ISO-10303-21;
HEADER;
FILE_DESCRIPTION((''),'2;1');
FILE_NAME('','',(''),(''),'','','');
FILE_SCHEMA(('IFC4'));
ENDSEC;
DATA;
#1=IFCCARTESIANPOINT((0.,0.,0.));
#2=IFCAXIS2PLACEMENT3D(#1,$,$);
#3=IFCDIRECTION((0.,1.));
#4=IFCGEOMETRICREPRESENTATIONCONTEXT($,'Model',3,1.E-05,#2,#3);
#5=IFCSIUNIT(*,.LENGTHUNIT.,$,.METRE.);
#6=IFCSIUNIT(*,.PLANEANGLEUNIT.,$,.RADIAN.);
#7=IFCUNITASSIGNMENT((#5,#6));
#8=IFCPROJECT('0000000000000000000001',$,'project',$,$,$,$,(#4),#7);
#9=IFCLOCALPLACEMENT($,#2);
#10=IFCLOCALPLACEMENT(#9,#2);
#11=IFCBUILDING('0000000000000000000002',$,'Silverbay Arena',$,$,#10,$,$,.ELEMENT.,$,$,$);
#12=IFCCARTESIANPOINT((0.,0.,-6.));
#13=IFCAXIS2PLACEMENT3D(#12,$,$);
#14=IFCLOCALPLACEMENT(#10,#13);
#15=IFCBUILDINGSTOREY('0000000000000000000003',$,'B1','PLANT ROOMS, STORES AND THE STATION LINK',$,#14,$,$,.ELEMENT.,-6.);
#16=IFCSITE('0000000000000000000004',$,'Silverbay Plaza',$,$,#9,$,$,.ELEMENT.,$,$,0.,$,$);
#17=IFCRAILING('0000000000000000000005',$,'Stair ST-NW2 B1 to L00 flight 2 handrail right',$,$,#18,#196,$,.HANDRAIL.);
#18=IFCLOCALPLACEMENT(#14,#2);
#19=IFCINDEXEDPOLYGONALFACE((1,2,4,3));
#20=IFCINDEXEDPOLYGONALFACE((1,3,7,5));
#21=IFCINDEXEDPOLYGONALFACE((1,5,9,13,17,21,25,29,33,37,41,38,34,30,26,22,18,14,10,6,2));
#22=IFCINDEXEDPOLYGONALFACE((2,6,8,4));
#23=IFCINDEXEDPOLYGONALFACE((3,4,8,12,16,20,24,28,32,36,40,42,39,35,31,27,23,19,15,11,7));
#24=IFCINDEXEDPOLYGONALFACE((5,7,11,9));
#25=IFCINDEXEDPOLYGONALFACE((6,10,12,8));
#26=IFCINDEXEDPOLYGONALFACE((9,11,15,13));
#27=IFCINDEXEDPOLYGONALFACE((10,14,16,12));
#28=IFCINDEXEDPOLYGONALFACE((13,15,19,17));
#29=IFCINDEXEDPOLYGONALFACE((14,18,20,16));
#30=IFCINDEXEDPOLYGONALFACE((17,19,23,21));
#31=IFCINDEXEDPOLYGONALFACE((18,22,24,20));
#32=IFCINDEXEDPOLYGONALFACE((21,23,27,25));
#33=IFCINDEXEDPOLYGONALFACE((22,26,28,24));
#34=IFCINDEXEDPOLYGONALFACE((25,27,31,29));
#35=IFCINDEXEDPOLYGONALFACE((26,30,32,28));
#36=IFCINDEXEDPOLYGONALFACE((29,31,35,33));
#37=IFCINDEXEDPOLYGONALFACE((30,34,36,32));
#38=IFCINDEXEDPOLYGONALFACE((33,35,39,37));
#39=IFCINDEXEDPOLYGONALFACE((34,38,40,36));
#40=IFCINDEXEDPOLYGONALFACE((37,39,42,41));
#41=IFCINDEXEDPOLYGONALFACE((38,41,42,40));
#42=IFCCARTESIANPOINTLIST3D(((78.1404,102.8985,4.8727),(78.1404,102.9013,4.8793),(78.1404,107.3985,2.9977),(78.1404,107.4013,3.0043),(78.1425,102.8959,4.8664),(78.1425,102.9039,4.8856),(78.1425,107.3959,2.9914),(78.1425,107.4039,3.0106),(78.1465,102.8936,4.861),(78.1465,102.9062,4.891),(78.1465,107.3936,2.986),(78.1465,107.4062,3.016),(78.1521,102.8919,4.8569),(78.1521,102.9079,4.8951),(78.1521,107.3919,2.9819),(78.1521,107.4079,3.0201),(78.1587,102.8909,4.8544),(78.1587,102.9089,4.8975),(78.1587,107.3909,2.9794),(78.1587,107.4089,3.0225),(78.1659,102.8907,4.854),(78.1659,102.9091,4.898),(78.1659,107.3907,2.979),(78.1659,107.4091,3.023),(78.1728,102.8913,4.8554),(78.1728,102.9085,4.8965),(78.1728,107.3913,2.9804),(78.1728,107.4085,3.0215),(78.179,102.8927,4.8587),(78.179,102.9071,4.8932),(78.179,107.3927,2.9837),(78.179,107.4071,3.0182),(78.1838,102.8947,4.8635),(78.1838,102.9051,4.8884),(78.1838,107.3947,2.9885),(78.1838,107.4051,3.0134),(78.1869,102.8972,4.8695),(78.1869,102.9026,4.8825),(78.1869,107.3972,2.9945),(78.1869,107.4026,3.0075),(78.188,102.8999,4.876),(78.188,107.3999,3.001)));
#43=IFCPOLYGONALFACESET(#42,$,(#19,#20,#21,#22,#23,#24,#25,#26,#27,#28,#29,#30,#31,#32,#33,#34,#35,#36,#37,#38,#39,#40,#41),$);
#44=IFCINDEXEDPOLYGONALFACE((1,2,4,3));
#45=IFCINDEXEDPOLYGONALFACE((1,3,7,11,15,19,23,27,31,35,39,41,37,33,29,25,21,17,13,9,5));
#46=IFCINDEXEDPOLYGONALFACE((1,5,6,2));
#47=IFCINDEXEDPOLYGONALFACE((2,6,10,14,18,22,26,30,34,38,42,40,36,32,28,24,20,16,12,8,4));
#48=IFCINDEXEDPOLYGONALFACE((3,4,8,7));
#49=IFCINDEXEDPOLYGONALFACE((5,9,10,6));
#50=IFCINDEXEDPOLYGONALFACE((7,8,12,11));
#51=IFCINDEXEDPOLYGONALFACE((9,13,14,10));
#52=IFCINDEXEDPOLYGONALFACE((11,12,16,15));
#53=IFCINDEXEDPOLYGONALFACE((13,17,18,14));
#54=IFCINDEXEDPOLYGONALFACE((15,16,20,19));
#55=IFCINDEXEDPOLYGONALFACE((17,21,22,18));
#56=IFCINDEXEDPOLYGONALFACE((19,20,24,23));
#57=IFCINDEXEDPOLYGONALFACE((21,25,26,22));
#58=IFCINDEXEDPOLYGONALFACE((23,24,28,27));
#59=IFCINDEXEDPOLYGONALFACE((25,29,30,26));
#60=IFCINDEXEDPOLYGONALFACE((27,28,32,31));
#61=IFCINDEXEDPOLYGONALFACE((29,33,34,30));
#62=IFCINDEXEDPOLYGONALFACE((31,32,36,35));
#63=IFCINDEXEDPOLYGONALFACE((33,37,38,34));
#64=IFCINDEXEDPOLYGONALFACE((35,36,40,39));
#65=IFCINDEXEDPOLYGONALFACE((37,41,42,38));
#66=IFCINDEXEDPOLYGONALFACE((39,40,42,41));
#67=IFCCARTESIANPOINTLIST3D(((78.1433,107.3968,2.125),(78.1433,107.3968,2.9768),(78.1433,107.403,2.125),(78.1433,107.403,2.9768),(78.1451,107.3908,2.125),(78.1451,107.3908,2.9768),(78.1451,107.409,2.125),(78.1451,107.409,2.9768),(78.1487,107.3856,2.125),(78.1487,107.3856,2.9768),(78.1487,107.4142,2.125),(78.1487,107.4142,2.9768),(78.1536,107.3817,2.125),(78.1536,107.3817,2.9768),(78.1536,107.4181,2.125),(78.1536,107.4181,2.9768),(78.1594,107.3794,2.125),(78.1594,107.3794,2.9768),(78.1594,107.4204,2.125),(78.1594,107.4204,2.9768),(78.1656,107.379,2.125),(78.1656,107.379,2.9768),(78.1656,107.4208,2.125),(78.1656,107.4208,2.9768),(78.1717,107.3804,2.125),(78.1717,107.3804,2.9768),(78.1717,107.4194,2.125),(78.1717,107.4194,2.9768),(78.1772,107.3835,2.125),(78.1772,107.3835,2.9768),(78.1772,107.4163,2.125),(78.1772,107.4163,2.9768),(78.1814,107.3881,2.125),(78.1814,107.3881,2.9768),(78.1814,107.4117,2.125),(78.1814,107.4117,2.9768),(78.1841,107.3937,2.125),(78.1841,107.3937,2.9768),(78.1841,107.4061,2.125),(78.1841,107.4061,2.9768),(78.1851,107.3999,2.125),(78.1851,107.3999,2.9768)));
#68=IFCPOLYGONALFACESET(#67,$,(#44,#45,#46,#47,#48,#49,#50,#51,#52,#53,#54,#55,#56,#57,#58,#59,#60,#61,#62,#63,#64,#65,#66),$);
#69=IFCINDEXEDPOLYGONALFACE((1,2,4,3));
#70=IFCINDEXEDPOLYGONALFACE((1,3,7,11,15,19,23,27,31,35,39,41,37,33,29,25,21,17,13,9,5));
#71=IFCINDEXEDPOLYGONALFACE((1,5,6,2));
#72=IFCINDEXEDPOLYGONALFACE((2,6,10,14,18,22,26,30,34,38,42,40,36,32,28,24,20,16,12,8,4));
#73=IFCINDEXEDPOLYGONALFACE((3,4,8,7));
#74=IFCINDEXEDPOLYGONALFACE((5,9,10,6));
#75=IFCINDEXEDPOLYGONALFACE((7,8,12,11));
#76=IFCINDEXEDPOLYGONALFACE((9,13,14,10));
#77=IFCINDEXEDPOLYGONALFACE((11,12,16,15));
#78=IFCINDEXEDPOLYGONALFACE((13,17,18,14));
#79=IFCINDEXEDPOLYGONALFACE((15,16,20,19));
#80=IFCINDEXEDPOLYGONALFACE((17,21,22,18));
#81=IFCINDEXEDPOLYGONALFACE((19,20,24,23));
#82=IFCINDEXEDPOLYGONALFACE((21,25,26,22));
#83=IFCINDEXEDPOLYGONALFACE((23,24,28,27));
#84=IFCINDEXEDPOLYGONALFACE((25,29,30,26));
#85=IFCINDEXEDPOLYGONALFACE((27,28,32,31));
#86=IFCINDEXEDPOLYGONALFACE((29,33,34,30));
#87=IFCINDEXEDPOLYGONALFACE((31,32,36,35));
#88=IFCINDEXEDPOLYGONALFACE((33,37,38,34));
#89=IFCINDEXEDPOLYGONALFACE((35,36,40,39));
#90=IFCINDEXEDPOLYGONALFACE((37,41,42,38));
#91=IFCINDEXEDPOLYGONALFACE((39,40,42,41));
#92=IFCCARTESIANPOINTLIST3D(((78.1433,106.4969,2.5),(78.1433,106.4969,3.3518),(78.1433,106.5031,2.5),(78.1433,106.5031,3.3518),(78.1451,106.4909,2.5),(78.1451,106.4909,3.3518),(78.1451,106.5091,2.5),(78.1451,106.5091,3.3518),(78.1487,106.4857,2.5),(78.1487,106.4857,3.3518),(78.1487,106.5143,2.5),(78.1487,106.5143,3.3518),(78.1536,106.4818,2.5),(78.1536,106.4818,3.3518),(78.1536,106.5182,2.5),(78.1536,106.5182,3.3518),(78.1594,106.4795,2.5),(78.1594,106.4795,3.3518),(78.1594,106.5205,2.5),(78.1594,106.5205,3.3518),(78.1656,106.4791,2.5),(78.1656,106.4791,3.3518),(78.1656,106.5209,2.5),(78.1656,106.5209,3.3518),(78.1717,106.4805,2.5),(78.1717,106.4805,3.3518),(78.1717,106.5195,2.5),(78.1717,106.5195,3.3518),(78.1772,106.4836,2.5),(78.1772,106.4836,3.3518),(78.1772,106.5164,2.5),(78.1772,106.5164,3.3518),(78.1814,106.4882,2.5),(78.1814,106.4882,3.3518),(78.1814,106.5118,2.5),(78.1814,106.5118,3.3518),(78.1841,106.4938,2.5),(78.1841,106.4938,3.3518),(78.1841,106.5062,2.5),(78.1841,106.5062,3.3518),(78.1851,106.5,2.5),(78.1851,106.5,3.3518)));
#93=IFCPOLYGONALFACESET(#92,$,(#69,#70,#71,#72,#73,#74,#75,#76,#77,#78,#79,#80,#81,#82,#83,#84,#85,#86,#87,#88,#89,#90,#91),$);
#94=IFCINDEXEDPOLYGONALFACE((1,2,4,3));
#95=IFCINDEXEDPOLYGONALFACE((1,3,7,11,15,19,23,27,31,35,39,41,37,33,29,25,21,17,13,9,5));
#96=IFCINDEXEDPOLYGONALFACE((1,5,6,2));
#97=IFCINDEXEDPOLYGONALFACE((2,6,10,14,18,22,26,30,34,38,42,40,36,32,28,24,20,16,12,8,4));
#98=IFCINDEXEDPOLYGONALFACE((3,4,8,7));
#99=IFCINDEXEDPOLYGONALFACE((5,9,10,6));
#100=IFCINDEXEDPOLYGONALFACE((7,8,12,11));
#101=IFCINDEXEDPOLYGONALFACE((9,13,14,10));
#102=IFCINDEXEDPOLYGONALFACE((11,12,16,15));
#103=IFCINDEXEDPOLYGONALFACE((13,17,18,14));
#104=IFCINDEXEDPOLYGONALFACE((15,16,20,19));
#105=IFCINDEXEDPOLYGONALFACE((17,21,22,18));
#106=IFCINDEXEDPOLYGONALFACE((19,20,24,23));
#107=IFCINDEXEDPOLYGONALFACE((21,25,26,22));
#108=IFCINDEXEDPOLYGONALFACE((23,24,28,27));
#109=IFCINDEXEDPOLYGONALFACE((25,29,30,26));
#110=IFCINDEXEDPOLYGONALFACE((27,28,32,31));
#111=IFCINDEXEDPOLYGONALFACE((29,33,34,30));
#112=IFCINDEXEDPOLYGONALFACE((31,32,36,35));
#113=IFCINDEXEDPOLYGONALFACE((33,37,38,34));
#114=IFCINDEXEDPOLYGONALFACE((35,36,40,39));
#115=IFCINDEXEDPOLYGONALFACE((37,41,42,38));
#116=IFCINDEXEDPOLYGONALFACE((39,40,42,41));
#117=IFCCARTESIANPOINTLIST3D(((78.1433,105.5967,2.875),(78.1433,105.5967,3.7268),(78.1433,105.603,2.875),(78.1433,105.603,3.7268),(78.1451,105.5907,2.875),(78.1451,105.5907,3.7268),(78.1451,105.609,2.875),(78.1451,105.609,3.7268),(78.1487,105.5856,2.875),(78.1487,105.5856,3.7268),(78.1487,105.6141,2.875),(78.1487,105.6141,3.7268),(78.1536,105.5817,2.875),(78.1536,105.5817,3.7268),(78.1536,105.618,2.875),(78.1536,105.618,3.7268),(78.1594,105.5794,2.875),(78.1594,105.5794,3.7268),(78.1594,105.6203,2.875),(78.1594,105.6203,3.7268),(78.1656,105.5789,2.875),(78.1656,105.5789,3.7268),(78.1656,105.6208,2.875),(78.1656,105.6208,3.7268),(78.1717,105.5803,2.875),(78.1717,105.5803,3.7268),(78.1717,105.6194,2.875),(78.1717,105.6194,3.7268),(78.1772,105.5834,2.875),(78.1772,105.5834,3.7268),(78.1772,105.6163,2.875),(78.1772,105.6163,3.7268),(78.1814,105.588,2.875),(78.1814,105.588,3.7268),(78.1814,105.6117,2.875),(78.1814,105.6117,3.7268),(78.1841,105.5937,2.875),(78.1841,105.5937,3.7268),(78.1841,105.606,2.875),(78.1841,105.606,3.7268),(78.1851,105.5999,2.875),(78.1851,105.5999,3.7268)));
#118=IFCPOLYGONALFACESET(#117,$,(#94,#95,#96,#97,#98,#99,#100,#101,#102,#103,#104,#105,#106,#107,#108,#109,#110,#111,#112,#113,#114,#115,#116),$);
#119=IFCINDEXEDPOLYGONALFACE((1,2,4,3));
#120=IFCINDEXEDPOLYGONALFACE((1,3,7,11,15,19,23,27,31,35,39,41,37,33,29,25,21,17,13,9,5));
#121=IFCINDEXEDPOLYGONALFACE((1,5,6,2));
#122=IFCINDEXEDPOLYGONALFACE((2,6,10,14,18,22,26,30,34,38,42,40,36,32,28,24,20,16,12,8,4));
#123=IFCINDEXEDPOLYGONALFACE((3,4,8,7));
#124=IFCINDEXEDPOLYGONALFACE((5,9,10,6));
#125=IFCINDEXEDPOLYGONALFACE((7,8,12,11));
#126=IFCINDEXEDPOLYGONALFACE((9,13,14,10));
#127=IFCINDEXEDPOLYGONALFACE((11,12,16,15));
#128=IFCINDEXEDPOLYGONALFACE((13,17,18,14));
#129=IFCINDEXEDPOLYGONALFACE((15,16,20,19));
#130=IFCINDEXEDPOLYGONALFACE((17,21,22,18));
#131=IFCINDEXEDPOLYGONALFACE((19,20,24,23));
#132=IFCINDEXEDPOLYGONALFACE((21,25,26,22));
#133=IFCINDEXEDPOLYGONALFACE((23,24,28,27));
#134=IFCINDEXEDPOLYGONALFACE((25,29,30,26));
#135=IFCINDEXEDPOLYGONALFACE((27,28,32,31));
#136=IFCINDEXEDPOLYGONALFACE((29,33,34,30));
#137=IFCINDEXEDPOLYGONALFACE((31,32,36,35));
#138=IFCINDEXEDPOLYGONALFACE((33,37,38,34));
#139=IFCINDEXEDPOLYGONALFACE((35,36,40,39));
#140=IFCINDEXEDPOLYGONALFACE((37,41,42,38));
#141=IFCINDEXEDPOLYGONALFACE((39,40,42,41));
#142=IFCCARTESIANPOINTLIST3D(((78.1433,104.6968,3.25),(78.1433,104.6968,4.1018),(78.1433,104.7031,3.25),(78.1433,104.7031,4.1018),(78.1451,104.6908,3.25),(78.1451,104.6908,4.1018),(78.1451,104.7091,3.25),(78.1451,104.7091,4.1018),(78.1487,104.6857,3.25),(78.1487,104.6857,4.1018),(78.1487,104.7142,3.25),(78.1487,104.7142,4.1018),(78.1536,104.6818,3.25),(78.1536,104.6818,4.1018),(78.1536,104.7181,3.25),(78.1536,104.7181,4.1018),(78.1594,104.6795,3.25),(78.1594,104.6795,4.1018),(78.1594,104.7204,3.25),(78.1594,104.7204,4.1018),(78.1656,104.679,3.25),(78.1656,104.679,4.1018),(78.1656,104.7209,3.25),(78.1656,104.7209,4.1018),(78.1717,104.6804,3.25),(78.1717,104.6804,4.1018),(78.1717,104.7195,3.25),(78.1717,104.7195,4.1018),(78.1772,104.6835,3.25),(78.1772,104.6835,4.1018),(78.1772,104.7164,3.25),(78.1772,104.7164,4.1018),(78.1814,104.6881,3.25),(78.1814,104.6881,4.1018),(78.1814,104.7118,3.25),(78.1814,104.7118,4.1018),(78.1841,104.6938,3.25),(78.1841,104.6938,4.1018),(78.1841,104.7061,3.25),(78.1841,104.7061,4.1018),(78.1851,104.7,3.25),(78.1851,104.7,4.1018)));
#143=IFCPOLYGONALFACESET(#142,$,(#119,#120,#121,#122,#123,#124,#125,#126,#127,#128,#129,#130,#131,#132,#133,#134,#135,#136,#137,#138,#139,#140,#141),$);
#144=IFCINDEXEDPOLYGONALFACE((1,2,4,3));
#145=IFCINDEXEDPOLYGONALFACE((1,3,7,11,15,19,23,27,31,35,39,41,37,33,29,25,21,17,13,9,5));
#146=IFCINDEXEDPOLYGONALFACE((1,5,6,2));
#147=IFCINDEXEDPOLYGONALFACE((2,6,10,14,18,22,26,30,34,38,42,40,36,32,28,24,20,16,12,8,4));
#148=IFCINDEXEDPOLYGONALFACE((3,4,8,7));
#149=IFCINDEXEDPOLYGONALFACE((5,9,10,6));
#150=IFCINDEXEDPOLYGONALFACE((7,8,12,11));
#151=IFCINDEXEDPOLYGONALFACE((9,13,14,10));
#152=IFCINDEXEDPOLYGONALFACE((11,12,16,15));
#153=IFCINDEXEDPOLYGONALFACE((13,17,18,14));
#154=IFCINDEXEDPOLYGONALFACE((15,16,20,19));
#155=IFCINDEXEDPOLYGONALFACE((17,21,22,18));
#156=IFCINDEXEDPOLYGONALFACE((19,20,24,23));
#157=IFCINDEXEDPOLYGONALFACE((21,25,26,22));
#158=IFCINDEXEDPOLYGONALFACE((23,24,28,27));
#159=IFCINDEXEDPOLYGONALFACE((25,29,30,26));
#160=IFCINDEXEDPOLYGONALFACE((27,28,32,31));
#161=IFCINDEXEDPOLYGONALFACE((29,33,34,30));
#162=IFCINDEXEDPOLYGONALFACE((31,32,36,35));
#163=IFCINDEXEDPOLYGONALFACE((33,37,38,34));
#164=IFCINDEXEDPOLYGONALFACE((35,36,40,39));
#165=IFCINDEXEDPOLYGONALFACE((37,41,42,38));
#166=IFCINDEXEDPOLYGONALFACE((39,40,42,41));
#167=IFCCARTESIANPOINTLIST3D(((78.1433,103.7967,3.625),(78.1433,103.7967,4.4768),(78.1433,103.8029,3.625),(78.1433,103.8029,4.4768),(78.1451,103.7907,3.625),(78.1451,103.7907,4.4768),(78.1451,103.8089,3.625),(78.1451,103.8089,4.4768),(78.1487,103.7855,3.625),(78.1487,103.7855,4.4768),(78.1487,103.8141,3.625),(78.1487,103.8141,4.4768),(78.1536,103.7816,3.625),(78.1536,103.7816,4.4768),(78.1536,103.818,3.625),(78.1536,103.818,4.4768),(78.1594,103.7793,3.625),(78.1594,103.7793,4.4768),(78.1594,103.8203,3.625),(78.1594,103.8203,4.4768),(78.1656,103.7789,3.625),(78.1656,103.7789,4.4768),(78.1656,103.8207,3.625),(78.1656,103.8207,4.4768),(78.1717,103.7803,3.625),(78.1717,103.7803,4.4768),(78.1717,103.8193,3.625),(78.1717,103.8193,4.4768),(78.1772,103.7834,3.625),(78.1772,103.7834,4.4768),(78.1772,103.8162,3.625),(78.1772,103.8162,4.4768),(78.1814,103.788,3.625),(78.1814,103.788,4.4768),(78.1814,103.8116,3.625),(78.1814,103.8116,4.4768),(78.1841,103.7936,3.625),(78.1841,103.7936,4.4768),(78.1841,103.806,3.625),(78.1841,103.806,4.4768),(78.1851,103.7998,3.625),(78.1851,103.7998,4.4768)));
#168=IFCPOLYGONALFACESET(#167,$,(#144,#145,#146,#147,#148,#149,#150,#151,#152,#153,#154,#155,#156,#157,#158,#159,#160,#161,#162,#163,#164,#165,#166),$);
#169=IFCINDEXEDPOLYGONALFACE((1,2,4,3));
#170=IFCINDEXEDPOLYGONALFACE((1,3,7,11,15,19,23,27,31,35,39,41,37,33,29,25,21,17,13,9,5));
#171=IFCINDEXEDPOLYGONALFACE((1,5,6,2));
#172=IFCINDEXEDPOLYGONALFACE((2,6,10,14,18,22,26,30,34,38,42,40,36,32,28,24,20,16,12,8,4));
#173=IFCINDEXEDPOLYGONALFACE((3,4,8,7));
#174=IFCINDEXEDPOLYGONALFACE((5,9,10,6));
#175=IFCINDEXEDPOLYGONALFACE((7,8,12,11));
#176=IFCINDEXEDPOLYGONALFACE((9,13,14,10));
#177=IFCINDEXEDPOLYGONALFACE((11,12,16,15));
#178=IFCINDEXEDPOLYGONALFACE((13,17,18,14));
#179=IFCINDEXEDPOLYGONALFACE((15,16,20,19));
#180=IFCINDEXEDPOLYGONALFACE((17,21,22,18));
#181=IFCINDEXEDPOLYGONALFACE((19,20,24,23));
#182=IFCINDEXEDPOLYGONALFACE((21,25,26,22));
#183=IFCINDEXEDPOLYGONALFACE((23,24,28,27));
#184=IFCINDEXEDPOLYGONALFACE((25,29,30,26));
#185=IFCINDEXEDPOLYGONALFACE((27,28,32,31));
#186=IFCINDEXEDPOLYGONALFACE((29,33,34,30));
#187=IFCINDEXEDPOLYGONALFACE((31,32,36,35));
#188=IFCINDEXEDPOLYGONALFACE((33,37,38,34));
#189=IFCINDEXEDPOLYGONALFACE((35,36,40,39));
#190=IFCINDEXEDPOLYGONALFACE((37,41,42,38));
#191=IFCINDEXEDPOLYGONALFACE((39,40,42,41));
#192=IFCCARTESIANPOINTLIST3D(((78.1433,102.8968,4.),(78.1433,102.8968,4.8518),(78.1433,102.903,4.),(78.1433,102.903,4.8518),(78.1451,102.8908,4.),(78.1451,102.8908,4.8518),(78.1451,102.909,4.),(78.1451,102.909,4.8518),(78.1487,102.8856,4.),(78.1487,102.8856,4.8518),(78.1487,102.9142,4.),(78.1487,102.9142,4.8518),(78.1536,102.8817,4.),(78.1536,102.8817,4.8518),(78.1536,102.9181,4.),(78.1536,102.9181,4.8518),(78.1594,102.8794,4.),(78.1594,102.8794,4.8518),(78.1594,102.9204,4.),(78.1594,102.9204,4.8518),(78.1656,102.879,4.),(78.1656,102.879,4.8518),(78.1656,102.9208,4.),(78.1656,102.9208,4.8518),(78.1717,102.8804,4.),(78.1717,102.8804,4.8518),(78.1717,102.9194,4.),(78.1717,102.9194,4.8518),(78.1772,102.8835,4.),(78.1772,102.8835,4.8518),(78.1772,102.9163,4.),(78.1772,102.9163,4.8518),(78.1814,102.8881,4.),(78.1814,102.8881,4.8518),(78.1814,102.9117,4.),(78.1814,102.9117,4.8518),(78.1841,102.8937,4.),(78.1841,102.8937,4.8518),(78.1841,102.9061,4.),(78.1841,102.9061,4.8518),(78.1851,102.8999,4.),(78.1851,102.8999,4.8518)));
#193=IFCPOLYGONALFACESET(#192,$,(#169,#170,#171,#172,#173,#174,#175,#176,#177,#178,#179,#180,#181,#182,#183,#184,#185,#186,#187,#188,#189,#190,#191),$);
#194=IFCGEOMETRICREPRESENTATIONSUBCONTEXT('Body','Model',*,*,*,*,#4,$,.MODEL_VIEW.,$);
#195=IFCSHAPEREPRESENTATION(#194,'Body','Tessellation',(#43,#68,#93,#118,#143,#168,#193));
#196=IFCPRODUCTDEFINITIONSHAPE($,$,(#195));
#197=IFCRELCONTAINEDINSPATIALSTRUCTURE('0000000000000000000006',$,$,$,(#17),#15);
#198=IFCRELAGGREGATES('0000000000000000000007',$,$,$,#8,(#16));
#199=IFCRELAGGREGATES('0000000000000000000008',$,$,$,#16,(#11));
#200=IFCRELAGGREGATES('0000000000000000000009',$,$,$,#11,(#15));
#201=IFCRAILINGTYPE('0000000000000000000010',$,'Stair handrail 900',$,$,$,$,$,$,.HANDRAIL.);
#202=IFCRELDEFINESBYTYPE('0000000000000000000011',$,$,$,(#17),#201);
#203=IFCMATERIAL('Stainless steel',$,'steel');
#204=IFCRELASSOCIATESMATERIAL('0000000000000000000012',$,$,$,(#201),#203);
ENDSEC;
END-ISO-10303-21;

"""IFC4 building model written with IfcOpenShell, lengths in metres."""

from ifc_helpers import new_model, si_unit, direction, frame, origin, origin_2d, place, context, subcontext, project, spatial, circle, extrude, material, type_object, element, save


model = new_model("IFC4")

# Units and contexts
model_context = context("Model", 3, precision=1e-05, world=origin(), true_north=direction((0.0, 1.0)))
body_context = subcontext(model_context, "Body", "Model", "MODEL_VIEW")
ifc_project = project(units=[si_unit("LENGTHUNIT", "METRE"), si_unit("PLANEANGLEUNIT", "RADIAN")], contexts=[model_context])

# Site, building, storey
site_placement = place(None, origin())
site = spatial("IfcSite", under=ifc_project, at=site_placement, Name="Silverbay Plaza", CompositionType="ELEMENT", RefElevation=0.0)
building_placement = place(site_placement, origin())
building = spatial("IfcBuilding", under=site, at=building_placement, Name="Silverbay Arena", CompositionType="ELEMENT")
storey_placement = place(building_placement, frame((0.0, 0.0, -6.0)))
storey = spatial("IfcBuildingStorey", under=building, at=storey_placement, Name="B1", Description="PLANT ROOMS, STORES AND THE STATION LINK", CompositionType="ELEMENT", Elevation=-6.0)

# Railing
ifc_material_1 = material(Name="Stainless steel", Category="steel")
railing_type_1 = type_object("IfcRailingType", Name="Stair handrail 900", PredefinedType="HANDRAIL", material=ifc_material_1)
railing_1_placement = place(storey_placement, frame((78.1641, 107.3999, 2.125)))
element("IfcRailing", 1, at=railing_1_placement, inside=storey, type_object=railing_type_1, Name="Stair ST-NW2 B1 to L00 flight 2 handrail right", PredefinedType="HANDRAIL", context=body_context, shape_type="SweptSolid", body=[
    extrude(circle(Radius=0.0239, at=origin_2d()), frame((0.0, 0.0, 0.876), z_axis=(0.0, -0.923077, 0.384615), x_axis=(1.0, 0.0, 0.0)), (0.0, 0.0, 1.0), 4.875),
    extrude(circle(Radius=0.021, at=origin_2d()), origin(), (0.0, 0.0, 1.0), 0.8518),
    extrude(circle(Radius=0.021, at=origin_2d()), frame((0.0, -0.8999, 0.375)), (0.0, 0.0, 1.0), 0.8518),
    extrude(circle(Radius=0.021, at=origin_2d()), frame((0.0, -1.8, 0.75)), (0.0, 0.0, 1.0), 0.8518),
    extrude(circle(Radius=0.021, at=origin_2d()), frame((0.0, -2.7, 1.125)), (0.0, 0.0, 1.0), 0.8518),
    extrude(circle(Radius=0.021, at=origin_2d()), frame((0.0, -3.6001, 1.5)), (0.0, 0.0, 1.0), 0.8518),
    extrude(circle(Radius=0.021, at=origin_2d()), frame((0.0, -4.5, 1.875)), (0.0, 0.0, 1.0), 0.8518),
])

save(model, "model.ifc")
